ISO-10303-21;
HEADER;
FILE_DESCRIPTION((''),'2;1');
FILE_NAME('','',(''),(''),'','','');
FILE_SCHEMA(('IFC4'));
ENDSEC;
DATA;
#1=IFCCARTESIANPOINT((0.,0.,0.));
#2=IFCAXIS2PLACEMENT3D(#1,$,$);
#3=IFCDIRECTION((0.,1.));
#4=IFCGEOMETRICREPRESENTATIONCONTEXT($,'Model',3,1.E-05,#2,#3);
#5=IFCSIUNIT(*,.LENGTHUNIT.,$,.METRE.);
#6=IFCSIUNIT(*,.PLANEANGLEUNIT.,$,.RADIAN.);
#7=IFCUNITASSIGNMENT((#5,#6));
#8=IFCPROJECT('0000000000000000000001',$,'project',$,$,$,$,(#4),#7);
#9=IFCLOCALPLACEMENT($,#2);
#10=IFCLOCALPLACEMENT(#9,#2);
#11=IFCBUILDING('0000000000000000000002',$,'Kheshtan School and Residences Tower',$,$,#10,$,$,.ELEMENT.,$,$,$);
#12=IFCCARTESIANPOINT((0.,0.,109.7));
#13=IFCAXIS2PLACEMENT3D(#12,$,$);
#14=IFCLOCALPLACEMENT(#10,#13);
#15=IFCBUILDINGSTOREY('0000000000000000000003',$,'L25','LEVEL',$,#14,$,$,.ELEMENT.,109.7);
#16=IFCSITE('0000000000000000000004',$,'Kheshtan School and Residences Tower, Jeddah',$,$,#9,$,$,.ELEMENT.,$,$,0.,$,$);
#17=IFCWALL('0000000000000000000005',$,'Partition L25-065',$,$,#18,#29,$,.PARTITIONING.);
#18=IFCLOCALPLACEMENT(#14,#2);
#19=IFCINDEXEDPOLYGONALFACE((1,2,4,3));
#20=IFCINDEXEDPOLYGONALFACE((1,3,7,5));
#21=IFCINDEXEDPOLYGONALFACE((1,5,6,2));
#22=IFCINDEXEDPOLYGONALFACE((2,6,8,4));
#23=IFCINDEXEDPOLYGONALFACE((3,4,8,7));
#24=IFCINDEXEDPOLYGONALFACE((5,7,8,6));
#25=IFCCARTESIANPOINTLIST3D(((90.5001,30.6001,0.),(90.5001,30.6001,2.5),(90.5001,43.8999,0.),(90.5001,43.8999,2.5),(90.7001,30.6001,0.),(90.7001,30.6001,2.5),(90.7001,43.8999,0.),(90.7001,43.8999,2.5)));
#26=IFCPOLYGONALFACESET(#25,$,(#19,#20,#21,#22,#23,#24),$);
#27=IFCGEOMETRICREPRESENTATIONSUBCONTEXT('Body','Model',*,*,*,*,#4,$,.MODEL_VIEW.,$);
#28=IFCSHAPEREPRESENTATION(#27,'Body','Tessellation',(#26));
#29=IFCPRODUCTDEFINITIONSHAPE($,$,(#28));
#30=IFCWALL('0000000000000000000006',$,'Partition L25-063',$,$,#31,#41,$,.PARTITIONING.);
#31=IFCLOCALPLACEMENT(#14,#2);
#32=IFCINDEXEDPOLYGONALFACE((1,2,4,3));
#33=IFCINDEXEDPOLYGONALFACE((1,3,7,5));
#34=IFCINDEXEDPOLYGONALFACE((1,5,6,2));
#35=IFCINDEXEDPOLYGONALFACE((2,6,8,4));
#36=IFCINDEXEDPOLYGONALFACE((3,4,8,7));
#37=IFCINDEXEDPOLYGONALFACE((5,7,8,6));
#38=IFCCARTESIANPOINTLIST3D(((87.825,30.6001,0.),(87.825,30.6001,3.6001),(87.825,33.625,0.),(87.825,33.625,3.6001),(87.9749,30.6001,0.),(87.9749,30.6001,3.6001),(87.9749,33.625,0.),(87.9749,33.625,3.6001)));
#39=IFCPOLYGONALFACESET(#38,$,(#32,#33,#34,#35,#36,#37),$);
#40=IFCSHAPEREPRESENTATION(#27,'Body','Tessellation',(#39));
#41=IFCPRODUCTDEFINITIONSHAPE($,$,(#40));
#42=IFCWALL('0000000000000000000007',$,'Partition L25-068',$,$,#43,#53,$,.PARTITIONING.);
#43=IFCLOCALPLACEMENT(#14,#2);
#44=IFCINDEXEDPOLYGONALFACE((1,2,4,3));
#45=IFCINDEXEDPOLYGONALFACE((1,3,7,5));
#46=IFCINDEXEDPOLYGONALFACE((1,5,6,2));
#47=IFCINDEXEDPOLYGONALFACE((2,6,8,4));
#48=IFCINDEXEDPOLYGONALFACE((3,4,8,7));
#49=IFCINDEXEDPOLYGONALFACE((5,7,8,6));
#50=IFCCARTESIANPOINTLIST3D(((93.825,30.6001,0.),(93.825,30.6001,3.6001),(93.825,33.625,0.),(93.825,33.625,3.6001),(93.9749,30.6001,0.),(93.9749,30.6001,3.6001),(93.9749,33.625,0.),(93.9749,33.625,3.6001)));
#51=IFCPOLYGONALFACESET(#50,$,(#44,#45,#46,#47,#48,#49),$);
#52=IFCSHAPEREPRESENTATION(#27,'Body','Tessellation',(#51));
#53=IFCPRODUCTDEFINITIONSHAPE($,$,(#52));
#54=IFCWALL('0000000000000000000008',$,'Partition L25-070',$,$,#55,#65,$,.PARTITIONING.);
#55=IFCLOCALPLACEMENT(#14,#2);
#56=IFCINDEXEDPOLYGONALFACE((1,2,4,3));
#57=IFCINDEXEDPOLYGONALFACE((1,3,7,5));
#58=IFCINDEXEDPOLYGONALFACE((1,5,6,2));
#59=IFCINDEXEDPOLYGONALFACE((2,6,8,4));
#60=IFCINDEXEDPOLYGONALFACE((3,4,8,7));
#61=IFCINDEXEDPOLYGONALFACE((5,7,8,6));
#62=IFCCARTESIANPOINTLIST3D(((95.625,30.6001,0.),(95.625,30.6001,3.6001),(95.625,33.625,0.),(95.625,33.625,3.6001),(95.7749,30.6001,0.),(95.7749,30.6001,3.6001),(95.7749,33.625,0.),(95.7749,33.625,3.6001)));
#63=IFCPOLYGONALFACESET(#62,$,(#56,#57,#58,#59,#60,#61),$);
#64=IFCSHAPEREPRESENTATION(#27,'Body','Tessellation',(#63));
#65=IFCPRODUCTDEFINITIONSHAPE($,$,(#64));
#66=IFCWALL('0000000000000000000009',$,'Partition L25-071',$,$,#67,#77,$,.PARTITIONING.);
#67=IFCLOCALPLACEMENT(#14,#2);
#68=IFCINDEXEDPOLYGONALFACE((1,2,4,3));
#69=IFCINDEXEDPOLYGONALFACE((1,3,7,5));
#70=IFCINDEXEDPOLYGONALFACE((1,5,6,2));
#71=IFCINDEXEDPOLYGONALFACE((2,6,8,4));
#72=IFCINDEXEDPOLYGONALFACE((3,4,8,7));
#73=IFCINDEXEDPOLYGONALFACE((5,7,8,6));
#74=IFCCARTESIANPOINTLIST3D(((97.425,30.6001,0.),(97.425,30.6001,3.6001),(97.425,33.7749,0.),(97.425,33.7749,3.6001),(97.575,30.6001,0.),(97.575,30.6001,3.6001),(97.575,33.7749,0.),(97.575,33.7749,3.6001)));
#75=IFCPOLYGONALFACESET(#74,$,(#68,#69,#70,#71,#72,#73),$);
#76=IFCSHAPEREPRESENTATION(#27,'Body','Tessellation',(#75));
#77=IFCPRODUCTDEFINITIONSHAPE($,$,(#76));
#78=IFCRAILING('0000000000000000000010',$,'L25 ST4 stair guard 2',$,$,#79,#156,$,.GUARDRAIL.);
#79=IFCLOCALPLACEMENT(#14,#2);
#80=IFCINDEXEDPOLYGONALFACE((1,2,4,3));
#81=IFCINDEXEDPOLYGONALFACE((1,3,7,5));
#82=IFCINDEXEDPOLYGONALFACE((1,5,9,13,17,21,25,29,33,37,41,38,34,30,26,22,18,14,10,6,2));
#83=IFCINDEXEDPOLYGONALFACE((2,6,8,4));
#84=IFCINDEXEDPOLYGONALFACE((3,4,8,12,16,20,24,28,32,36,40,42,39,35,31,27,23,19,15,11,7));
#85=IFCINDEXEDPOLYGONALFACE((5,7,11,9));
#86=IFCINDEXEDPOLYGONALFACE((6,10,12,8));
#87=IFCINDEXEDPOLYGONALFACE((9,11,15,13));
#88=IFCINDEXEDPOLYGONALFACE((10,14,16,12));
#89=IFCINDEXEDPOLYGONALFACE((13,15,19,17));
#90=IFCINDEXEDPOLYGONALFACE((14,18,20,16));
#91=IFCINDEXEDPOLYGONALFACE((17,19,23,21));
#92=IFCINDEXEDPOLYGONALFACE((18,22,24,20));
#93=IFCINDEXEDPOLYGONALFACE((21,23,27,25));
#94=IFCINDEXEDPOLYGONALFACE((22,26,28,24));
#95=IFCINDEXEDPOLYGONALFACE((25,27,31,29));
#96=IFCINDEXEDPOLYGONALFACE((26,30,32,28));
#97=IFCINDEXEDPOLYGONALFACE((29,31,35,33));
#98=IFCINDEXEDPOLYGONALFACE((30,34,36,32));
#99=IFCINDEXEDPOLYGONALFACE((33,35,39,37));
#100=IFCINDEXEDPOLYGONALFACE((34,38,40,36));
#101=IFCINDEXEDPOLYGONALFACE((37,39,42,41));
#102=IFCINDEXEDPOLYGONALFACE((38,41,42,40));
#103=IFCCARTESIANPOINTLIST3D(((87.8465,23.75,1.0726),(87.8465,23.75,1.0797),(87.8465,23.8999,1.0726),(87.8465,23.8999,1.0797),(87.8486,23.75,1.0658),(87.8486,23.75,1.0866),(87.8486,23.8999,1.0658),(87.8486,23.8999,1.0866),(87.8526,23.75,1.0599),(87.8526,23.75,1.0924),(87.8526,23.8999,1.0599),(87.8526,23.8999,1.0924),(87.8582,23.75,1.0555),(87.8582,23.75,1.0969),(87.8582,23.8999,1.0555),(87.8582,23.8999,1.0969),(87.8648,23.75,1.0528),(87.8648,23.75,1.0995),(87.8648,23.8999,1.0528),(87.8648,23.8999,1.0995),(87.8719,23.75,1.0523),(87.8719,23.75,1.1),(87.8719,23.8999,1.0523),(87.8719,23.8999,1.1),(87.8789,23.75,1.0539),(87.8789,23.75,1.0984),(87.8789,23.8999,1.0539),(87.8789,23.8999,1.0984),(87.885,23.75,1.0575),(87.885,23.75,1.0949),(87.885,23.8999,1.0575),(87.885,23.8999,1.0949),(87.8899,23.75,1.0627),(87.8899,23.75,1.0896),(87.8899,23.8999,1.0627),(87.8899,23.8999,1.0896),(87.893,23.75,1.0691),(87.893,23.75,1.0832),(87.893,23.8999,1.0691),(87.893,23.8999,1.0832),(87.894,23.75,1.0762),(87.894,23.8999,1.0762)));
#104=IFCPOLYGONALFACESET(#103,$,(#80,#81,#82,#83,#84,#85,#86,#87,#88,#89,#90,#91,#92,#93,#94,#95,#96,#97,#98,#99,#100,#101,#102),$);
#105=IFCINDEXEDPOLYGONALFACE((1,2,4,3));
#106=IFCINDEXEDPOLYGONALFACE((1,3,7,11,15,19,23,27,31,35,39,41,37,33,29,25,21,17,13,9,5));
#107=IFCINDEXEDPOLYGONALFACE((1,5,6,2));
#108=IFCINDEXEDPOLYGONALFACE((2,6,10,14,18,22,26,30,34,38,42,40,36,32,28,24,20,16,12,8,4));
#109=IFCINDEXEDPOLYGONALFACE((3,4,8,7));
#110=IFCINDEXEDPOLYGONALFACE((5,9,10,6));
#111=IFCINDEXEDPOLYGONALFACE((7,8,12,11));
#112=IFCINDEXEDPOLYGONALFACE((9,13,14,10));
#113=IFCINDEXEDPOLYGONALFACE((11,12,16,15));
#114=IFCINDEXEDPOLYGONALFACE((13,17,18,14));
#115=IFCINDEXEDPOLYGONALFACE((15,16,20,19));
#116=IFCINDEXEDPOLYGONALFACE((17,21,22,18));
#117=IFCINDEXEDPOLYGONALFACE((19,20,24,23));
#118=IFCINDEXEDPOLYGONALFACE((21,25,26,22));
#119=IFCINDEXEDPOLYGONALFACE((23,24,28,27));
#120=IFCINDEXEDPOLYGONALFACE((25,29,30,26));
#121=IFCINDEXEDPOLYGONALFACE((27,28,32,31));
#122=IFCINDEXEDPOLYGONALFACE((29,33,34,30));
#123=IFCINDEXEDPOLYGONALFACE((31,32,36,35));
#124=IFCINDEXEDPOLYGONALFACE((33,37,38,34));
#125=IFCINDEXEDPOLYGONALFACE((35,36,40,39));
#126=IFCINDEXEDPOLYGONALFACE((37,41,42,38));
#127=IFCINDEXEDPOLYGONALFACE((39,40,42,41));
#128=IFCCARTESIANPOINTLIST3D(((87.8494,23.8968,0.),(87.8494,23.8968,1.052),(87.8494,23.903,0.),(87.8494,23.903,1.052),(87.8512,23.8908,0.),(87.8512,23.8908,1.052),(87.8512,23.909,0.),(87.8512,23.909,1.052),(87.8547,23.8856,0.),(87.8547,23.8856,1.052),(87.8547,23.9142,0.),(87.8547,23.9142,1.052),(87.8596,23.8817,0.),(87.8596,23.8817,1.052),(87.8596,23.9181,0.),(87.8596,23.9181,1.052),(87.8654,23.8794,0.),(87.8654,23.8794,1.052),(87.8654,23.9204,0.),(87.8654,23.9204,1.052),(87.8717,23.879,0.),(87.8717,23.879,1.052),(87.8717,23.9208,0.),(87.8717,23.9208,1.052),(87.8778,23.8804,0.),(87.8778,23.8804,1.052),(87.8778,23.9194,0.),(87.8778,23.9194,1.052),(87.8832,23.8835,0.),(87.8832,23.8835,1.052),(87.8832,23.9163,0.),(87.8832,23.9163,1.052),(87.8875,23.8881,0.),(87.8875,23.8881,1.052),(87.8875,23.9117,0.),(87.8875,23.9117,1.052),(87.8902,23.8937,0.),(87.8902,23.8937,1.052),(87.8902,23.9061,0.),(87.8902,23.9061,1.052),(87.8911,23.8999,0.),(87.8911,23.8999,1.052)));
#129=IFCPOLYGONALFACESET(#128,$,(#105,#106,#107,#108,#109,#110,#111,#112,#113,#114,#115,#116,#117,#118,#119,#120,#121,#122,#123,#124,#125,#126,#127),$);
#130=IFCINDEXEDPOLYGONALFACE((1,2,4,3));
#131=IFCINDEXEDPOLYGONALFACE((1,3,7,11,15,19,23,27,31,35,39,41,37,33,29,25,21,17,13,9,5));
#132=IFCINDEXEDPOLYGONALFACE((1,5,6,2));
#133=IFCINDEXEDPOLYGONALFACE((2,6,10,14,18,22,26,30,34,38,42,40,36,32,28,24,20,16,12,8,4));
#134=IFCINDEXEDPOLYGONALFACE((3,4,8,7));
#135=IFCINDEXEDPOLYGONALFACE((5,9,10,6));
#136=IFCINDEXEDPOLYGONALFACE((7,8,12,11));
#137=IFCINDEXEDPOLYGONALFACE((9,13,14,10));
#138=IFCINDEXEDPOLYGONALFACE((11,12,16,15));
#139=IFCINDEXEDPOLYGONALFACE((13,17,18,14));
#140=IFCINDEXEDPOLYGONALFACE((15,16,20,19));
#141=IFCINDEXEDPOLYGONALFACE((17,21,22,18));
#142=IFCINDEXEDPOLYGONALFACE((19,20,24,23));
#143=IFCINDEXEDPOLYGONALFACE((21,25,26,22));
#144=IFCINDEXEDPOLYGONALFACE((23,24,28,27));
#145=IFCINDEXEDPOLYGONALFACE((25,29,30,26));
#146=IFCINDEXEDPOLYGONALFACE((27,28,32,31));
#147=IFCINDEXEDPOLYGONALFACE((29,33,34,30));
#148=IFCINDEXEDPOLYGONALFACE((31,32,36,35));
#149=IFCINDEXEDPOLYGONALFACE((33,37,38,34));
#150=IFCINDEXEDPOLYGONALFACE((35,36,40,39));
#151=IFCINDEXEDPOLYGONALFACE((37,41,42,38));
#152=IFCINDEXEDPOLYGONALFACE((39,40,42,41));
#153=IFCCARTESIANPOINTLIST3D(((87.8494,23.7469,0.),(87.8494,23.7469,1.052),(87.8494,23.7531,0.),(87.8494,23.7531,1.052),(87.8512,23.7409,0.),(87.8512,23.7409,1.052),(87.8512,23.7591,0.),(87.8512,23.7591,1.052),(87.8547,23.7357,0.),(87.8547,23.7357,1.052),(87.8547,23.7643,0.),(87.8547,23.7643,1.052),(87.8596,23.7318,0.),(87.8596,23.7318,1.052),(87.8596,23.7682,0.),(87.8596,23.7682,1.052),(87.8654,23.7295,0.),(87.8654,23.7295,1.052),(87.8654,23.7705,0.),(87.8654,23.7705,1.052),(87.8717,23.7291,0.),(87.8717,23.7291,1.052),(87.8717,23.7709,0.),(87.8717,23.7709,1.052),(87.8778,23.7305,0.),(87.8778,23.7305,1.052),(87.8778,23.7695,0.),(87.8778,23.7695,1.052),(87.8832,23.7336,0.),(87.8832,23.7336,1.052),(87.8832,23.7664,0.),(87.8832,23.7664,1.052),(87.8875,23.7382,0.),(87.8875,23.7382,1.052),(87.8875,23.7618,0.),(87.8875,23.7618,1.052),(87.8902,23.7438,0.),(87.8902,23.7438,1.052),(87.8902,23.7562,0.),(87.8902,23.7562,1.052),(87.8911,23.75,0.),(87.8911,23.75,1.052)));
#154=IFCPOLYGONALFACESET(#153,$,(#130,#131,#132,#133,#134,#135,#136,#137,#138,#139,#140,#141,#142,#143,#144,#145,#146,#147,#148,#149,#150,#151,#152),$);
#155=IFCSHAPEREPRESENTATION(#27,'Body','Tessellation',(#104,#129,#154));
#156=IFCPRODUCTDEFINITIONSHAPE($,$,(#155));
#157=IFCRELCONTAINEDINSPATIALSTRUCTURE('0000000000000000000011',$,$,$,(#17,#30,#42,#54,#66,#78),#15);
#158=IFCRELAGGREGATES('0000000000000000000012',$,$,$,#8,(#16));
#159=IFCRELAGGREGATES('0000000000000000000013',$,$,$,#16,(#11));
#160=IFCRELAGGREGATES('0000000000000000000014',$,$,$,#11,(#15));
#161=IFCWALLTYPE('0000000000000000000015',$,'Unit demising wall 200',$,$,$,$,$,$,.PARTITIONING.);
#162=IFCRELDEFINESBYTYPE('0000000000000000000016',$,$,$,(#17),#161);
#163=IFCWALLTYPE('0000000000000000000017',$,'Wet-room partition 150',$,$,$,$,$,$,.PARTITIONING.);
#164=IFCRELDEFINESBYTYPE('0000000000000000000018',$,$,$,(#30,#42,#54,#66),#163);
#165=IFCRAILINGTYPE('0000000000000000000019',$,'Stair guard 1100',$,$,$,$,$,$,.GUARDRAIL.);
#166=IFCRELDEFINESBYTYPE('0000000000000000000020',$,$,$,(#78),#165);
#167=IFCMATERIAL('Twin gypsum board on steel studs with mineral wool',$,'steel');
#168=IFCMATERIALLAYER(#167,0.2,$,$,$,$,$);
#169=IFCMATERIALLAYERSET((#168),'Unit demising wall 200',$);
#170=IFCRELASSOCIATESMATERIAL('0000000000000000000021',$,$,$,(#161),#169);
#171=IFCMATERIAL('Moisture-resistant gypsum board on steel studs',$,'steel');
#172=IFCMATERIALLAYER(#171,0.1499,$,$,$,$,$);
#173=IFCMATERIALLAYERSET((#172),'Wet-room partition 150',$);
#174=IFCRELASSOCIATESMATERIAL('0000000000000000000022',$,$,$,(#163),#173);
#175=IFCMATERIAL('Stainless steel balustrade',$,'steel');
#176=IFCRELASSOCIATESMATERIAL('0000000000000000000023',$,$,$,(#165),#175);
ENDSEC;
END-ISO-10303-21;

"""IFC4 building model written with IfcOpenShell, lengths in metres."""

from ifc_helpers import new_model, si_unit, direction, frame, frame_2d, origin, origin_2d, place, context, subcontext, project, spatial, rectangle, circle, extrude, material, layer, layer_set, type_object, element, save


model = new_model("IFC4")

# Units and contexts
model_context = context("Model", 3, precision=1e-05, world=origin(), true_north=direction((0.0, 1.0)))
body_context = subcontext(model_context, "Body", "Model", "MODEL_VIEW")
ifc_project = project(units=[si_unit("LENGTHUNIT", "METRE"), si_unit("PLANEANGLEUNIT", "RADIAN")], contexts=[model_context])

# Site, building, storey
site_placement = place(None, origin())
site = spatial("IfcSite", under=ifc_project, at=site_placement, Name="Kheshtan School and Residences Tower, Jeddah", CompositionType="ELEMENT", RefElevation=0.0)
building_placement = place(site_placement, origin())
building = spatial("IfcBuilding", under=site, at=building_placement, Name="Kheshtan School and Residences Tower", CompositionType="ELEMENT")
storey_placement = place(building_placement, frame((0.0, 0.0, 109.7)))
storey = spatial("IfcBuildingStorey", under=building, at=storey_placement, Name="L25", Description="LEVEL", CompositionType="ELEMENT", Elevation=109.7)

# Walls
ifc_material_1 = material(Name="Twin gypsum board on steel studs with mineral wool", Category="steel")
ifc_layer_1 = layer(ifc_material_1, 0.2)
ifc_layer_set_1 = layer_set([ifc_layer_1], Name="Unit demising wall 200")
wall_type_1 = type_object("IfcWallType", Name="Unit demising wall 200", PredefinedType="PARTITIONING", material=ifc_layer_set_1)
wall_1_placement = place(storey_placement, frame((90.6001, 30.6001, 0.0), z_axis=(0.0, 0.0, 1.0), x_axis=(0.0, 1.0, 0.0)))
element("IfcWall", 1, at=wall_1_placement, inside=storey, type_object=wall_type_1, Name="Partition L25-065", PredefinedType="PARTITIONING", context=body_context, shape_type="SweptSolid", body=[
    extrude(rectangle(XDim=13.2998, YDim=0.2, at=frame_2d((6.6499, 0.0))), origin(), (0.0, 0.0, 1.0), 2.5),
])
ifc_material_2 = material(Name="Moisture-resistant gypsum board on steel studs", Category="steel")
ifc_layer_2 = layer(ifc_material_2, 0.1499)
ifc_layer_set_2 = layer_set([ifc_layer_2], Name="Wet-room partition 150")
wall_type_2 = type_object("IfcWallType", Name="Wet-room partition 150", PredefinedType="PARTITIONING", material=ifc_layer_set_2)
for number, where, z_axis, x_axis, name in (
    (2, (87.8999, 30.6001, 0.0), (0.0, 0.0, 1.0), (0.0, 1.0, 0.0), "Partition L25-063"),
    (3, (93.8999, 30.6001, 0.0), (0.0, 0.0, 1.0), (0.0, 1.0, 0.0), "Partition L25-068"),
    (4, (95.7, 30.6001, 0.0), (0.0, 0.0, 1.0), (0.0, 1.0, 0.0), "Partition L25-070"),
):
    element("IfcWall", number, at=place(storey_placement, frame(where, z_axis=z_axis, x_axis=x_axis)), inside=storey, type_object=wall_type_2, Name=name, PredefinedType="PARTITIONING", context=body_context, shape_type="SweptSolid", body=[
        extrude(rectangle(XDim=3.0249, YDim=0.1499, at=frame_2d((1.5125, 0.0))), origin(), (0.0, 0.0, 1.0), 3.6001),
    ])
wall_2_placement = place(storey_placement, frame((97.5, 30.6001, 0.0), z_axis=(0.0, 0.0, 1.0), x_axis=(0.0, 1.0, 0.0)))
element("IfcWall", 5, at=wall_2_placement, inside=storey, type_object=wall_type_2, Name="Partition L25-071", PredefinedType="PARTITIONING", context=body_context, shape_type="SweptSolid", body=[
    extrude(rectangle(XDim=3.1748, YDim=0.1499, at=frame_2d((1.5874, 0.0))), origin(), (0.0, 0.0, 1.0), 3.6001),
])

# Railing
ifc_material_3 = material(Name="Stainless steel balustrade", Category="steel")
railing_type = type_object("IfcRailingType", Name="Stair guard 1100", PredefinedType="GUARDRAIL", material=ifc_material_3)
railing_placement = place(storey_placement, frame((87.8701, 23.8999, 0.0)))
element("IfcRailing", 6, at=railing_placement, inside=storey, type_object=railing_type, Name="L25 ST4 stair guard 2", PredefinedType="GUARDRAIL", context=body_context, shape_type="SweptSolid", body=[
    extrude(circle(Radius=0.0239, at=origin_2d()), frame((0.0, 0.0, 1.0762), z_axis=(0.0, -1.0, 0.0), x_axis=(1.0, 0.0, 0.0)), (0.0, 0.0, 1.0), 0.1499),
    extrude(circle(Radius=0.021, at=origin_2d()), origin(), (0.0, 0.0, 1.0), 1.052),
    extrude(circle(Radius=0.021, at=origin_2d()), frame((0.0, -0.1499, 0.0)), (0.0, 0.0, 1.0), 1.052),
])

save(model, "model.ifc")
